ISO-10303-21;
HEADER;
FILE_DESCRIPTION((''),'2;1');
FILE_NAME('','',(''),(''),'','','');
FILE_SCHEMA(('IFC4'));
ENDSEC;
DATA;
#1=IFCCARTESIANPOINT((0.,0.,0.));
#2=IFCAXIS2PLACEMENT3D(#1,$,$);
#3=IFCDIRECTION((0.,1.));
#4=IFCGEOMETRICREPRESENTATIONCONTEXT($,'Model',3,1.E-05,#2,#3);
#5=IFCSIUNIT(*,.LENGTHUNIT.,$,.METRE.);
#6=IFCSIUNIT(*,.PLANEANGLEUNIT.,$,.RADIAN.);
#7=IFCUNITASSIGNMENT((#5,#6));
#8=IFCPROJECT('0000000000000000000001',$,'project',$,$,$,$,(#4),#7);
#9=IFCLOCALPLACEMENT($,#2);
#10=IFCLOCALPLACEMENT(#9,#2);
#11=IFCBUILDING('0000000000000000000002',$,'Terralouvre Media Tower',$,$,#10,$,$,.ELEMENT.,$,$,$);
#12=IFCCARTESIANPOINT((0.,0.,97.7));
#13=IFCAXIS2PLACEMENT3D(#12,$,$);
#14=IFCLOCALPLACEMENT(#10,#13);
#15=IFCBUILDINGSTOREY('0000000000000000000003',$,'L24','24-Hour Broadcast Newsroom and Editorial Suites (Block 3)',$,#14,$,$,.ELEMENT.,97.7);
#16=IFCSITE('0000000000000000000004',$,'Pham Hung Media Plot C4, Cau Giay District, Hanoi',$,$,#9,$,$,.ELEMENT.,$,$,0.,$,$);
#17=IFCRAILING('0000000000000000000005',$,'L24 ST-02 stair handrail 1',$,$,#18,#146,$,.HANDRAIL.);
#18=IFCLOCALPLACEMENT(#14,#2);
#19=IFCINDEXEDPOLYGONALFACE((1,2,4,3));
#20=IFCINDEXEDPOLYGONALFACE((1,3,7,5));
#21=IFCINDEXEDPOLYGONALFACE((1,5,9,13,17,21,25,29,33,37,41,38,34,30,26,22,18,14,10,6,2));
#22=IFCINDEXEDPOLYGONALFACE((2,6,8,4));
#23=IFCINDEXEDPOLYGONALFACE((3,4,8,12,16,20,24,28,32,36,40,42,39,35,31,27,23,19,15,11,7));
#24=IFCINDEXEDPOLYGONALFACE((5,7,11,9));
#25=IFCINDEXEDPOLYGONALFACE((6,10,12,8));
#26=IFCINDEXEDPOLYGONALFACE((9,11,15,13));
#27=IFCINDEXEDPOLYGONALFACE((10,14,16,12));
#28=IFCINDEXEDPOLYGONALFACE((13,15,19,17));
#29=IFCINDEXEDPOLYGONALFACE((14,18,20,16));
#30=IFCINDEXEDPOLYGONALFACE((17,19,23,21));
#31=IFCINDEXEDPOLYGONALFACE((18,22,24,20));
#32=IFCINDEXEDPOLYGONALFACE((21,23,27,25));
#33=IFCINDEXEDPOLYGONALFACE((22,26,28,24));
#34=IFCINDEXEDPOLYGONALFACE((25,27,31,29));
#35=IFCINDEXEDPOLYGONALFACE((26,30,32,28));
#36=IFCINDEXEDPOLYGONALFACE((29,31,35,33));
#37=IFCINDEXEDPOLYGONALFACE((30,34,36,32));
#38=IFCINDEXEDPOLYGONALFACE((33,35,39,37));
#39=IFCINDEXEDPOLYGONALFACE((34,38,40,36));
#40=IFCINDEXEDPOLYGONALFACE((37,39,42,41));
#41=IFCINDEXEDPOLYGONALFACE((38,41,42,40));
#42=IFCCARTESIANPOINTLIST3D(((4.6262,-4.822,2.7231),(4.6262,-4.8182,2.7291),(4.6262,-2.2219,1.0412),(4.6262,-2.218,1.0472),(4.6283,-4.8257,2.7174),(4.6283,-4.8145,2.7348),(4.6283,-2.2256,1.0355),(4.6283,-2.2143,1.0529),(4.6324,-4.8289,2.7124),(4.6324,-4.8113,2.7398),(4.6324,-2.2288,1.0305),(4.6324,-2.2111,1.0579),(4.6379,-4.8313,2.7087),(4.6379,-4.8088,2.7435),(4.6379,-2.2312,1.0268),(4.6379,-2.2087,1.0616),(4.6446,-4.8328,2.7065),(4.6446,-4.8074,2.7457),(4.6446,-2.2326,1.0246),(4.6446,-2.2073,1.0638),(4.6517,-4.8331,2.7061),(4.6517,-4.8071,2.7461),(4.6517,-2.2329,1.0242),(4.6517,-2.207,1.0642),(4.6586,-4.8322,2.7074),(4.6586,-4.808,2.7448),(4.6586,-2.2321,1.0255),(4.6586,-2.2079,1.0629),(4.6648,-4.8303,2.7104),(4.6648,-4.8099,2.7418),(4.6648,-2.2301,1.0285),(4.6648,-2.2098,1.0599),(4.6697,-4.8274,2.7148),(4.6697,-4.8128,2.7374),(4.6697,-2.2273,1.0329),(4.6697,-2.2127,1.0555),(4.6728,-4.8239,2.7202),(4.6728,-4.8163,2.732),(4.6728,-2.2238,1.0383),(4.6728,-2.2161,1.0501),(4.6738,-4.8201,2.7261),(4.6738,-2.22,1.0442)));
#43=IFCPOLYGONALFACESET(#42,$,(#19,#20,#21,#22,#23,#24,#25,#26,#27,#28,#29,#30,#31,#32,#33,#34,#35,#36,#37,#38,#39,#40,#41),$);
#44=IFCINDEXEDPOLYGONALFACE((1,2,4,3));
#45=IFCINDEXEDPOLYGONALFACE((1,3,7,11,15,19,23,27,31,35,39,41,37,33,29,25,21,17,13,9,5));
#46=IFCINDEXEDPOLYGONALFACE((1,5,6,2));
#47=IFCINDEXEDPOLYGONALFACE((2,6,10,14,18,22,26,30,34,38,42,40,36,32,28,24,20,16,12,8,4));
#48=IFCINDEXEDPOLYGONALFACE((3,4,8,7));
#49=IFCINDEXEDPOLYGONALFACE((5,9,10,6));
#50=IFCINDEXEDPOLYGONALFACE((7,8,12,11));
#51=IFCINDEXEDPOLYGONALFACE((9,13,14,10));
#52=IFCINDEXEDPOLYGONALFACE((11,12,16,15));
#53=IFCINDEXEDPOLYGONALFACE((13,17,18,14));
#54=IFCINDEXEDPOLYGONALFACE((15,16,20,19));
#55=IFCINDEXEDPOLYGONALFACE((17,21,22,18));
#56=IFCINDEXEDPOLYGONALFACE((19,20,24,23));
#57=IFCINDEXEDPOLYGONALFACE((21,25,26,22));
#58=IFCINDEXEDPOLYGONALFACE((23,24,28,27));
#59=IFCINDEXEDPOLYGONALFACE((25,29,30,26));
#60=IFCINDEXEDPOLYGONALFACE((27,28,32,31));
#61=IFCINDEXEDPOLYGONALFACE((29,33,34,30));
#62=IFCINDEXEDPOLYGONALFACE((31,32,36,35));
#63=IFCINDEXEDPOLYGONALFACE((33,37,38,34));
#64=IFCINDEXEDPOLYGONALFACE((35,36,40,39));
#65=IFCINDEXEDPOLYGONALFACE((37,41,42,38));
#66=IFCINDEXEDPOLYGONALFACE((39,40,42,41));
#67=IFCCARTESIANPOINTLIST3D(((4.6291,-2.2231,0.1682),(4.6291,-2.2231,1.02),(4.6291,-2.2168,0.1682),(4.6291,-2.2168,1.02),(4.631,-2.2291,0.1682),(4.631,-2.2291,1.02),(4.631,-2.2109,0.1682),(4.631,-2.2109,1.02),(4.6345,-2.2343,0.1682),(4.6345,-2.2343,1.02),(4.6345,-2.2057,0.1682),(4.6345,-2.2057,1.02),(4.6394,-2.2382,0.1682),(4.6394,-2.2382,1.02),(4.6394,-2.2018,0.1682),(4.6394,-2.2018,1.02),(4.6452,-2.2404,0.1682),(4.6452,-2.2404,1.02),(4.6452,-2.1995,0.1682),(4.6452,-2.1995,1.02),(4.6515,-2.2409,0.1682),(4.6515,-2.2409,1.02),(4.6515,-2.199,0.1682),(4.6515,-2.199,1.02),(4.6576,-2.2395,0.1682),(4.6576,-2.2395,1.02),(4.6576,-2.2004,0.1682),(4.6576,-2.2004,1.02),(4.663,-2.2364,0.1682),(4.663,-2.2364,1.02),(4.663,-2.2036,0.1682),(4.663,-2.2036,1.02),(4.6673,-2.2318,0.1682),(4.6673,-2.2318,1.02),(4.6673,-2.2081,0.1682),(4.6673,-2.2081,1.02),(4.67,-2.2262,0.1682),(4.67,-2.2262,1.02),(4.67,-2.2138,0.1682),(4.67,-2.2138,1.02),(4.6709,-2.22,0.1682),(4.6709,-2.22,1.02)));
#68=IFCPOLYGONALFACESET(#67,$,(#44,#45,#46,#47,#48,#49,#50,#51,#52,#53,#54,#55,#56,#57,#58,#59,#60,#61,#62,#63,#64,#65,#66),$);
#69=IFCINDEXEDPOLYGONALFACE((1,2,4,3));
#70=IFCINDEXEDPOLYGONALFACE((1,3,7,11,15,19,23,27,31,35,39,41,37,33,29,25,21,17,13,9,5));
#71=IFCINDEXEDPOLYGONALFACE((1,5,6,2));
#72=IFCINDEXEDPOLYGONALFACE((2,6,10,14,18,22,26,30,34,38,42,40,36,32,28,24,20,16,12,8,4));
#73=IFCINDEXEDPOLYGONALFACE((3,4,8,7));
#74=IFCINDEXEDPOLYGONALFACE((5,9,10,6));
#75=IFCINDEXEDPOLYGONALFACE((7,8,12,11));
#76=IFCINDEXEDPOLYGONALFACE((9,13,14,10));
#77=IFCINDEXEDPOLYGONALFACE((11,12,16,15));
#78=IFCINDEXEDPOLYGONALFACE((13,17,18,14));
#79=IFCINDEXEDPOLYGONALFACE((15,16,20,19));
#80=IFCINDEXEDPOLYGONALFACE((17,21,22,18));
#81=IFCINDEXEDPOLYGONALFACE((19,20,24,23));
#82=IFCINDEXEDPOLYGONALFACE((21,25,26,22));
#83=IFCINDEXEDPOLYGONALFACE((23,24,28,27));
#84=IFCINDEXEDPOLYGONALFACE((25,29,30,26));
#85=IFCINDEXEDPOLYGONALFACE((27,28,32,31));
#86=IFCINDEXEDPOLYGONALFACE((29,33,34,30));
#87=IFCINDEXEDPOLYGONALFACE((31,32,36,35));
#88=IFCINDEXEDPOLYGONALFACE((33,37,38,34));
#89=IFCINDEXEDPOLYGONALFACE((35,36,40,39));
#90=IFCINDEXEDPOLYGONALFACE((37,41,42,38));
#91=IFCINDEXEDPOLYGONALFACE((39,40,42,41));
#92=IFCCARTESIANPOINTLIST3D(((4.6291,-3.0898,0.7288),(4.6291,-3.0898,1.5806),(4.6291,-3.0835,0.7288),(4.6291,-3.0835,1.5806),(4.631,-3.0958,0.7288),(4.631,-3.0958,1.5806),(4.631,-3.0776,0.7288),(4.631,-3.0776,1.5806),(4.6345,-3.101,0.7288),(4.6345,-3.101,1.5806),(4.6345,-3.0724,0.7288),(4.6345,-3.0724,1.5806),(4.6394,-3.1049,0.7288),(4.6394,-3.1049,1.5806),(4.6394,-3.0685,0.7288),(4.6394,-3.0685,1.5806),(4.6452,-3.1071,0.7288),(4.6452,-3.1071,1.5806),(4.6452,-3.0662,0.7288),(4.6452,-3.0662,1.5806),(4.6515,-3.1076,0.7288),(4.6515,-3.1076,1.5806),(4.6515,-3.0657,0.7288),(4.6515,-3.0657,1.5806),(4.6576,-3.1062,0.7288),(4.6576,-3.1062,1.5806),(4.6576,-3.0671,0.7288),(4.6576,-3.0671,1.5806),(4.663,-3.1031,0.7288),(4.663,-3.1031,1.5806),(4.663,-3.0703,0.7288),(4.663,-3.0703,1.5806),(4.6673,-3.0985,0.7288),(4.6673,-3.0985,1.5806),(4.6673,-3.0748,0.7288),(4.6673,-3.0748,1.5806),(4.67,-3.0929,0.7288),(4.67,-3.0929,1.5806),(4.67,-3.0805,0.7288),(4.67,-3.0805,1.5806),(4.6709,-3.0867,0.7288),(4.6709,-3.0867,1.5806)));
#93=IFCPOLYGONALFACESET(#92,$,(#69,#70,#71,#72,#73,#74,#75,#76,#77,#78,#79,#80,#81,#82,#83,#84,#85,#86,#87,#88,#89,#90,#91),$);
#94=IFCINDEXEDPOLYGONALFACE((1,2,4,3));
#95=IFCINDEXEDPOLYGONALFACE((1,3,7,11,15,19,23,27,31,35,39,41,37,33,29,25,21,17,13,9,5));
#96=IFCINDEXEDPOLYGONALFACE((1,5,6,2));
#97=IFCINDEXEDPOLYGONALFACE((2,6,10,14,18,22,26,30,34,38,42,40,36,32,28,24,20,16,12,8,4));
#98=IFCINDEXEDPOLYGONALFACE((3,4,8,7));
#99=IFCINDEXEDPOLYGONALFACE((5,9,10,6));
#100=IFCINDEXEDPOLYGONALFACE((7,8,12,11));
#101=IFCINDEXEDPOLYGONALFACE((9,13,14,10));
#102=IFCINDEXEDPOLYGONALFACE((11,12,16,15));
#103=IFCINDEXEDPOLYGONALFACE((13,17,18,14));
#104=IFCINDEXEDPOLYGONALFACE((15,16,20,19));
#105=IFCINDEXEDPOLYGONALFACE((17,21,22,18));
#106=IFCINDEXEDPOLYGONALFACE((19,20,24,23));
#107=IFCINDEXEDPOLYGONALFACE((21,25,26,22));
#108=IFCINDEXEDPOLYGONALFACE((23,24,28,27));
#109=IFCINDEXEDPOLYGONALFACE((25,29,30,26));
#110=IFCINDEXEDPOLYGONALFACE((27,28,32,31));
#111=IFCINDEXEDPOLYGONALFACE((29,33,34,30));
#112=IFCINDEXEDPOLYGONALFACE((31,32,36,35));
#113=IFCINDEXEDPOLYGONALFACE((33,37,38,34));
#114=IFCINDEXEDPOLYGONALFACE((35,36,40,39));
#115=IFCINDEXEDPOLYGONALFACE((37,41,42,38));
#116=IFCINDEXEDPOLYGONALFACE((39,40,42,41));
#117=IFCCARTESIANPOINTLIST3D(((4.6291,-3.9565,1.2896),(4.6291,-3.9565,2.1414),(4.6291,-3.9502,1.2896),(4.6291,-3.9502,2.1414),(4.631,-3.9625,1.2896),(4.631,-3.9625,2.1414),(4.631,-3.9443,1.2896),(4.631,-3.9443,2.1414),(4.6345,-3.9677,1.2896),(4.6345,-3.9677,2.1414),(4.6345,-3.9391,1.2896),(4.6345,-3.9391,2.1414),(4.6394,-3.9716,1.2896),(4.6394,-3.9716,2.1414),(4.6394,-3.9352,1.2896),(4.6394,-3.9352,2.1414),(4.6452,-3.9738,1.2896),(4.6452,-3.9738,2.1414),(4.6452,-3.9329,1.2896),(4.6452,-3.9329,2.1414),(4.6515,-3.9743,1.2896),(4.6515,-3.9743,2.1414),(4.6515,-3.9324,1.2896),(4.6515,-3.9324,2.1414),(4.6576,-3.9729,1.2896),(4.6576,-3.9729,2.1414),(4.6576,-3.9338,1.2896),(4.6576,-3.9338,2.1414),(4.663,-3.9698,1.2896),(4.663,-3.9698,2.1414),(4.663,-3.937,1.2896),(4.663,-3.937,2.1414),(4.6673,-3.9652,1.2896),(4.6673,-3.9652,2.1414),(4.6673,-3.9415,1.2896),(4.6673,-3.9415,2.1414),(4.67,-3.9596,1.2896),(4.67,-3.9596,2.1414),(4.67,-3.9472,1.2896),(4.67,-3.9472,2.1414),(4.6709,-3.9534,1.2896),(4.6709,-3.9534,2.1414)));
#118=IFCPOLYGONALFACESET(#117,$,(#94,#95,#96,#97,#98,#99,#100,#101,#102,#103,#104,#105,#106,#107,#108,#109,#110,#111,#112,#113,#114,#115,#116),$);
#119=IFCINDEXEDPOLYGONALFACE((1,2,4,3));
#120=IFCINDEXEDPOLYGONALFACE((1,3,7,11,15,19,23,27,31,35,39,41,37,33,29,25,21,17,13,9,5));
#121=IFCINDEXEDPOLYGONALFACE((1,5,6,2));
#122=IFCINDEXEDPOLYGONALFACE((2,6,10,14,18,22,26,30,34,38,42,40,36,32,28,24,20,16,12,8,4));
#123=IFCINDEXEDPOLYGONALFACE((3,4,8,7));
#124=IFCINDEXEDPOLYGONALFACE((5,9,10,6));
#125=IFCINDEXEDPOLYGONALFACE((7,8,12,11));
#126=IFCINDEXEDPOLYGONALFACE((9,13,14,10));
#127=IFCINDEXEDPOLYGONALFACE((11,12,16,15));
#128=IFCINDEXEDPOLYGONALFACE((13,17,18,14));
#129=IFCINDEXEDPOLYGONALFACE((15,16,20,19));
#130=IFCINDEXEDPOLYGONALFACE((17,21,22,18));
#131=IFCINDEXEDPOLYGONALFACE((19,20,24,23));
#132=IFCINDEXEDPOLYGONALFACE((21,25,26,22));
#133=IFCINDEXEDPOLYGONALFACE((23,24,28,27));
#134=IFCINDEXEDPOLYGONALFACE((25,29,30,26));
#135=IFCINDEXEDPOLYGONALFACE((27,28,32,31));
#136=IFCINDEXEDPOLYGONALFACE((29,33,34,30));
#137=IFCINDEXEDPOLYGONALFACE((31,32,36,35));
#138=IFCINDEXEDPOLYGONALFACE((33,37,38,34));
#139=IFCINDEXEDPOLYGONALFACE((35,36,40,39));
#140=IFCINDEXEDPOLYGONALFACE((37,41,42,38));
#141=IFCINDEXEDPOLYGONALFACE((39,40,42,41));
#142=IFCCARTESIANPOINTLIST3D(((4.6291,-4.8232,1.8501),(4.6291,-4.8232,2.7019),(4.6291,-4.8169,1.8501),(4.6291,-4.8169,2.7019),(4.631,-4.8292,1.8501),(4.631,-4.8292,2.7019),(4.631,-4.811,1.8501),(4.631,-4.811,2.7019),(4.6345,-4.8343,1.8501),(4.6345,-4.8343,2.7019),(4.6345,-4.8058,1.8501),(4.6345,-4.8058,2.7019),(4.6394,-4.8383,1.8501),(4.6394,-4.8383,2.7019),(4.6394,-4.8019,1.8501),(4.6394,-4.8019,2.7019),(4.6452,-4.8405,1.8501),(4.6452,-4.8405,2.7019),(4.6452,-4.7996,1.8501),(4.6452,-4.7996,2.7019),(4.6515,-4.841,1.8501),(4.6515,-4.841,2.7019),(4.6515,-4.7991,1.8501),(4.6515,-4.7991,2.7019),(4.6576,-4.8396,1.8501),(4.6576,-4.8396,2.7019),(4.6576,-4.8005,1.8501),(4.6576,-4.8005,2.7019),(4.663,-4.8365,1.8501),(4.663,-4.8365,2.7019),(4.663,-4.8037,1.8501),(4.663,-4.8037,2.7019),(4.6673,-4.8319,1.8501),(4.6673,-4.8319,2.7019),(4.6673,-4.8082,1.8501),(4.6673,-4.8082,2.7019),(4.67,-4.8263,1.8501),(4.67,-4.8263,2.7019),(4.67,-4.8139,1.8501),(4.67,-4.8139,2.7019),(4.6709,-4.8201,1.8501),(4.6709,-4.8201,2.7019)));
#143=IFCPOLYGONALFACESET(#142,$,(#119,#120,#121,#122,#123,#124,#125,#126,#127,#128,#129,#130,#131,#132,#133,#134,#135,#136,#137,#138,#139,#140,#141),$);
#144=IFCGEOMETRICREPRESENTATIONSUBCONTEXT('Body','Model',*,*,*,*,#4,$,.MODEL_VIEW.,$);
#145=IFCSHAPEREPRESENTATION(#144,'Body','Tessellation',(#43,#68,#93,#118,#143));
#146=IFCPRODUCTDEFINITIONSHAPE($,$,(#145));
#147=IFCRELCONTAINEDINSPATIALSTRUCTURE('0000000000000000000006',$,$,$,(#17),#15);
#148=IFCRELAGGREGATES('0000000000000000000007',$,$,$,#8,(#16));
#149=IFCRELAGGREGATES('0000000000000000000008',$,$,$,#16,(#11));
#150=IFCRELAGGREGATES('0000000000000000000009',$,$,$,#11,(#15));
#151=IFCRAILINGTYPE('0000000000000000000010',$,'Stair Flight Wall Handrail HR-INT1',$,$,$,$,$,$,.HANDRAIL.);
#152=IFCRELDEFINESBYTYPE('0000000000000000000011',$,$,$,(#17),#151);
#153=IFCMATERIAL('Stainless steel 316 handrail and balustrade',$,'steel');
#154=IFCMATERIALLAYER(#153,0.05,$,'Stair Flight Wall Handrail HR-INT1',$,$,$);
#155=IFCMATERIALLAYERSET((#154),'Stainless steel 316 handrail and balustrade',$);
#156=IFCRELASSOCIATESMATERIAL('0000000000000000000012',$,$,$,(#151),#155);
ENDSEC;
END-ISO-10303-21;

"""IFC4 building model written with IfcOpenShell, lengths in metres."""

from ifc_helpers import new_model, si_unit, direction, frame, origin, origin_2d, place, context, subcontext, project, spatial, circle, extrude, material, layer, layer_set, type_object, element, save


model = new_model("IFC4")

# Units and contexts
model_context = context("Model", 3, precision=1e-05, world=origin(), true_north=direction((0.0, 1.0)))
body_context = subcontext(model_context, "Body", "Model", "MODEL_VIEW")
ifc_project = project(units=[si_unit("LENGTHUNIT", "METRE"), si_unit("PLANEANGLEUNIT", "RADIAN")], contexts=[model_context])

# Site, building, storey
site_placement = place(None, origin())
site = spatial("IfcSite", under=ifc_project, at=site_placement, Name="Pham Hung Media Plot C4, Cau Giay District, Hanoi", CompositionType="ELEMENT", RefElevation=0.0)
building_placement = place(site_placement, origin())
building = spatial("IfcBuilding", under=site, at=building_placement, Name="Terralouvre Media Tower", CompositionType="ELEMENT")
storey_placement = place(building_placement, frame((0.0, 0.0, 97.7)))
storey = spatial("IfcBuildingStorey", under=building, at=storey_placement, Name="L24", Description="24-Hour Broadcast Newsroom and Editorial Suites (Block 3)", CompositionType="ELEMENT", Elevation=97.7)

# Railing
ifc_material_1 = material(Name="Stainless steel 316 handrail and balustrade", Category="steel")
ifc_layer_1 = layer(ifc_material_1, 0.05, Name="Stair Flight Wall Handrail HR-INT1")
ifc_layer_set_1 = layer_set([ifc_layer_1], Name="Stainless steel 316 handrail and balustrade")
railing_type_1 = type_object("IfcRailingType", Name="Stair Flight Wall Handrail HR-INT1", PredefinedType="HANDRAIL", material=ifc_layer_set_1)
railing_1_placement = place(storey_placement, frame((4.6499, -2.22, 0.1682)))
element("IfcRailing", 1, at=railing_1_placement, inside=storey, type_object=railing_type_1, Name="L24 ST-02 stair handrail 1", PredefinedType="HANDRAIL", context=body_context, shape_type="SweptSolid", body=[
    extrude(circle(Radius=0.0239, at=origin_2d()), frame((0.0, 0.0, 0.876), z_axis=(0.0, -0.839648, 0.54313), x_axis=(1.0, 0.0, 0.0)), (0.0, 0.0, 1.0), 3.0967),
    extrude(circle(Radius=0.021, at=origin_2d()), origin(), (0.0, 0.0, 1.0), 0.8518),
    extrude(circle(Radius=0.021, at=origin_2d()), frame((0.0, -0.8667, 0.5605)), (0.0, 0.0, 1.0), 0.8518),
    extrude(circle(Radius=0.021, at=origin_2d()), frame((0.0, -1.7334, 1.1213)), (0.0, 0.0, 1.0), 0.8518),
    extrude(circle(Radius=0.021, at=origin_2d()), frame((0.0, -2.6001, 1.6819)), (0.0, 0.0, 1.0), 0.8518),
])

save(model, "model.ifc")
